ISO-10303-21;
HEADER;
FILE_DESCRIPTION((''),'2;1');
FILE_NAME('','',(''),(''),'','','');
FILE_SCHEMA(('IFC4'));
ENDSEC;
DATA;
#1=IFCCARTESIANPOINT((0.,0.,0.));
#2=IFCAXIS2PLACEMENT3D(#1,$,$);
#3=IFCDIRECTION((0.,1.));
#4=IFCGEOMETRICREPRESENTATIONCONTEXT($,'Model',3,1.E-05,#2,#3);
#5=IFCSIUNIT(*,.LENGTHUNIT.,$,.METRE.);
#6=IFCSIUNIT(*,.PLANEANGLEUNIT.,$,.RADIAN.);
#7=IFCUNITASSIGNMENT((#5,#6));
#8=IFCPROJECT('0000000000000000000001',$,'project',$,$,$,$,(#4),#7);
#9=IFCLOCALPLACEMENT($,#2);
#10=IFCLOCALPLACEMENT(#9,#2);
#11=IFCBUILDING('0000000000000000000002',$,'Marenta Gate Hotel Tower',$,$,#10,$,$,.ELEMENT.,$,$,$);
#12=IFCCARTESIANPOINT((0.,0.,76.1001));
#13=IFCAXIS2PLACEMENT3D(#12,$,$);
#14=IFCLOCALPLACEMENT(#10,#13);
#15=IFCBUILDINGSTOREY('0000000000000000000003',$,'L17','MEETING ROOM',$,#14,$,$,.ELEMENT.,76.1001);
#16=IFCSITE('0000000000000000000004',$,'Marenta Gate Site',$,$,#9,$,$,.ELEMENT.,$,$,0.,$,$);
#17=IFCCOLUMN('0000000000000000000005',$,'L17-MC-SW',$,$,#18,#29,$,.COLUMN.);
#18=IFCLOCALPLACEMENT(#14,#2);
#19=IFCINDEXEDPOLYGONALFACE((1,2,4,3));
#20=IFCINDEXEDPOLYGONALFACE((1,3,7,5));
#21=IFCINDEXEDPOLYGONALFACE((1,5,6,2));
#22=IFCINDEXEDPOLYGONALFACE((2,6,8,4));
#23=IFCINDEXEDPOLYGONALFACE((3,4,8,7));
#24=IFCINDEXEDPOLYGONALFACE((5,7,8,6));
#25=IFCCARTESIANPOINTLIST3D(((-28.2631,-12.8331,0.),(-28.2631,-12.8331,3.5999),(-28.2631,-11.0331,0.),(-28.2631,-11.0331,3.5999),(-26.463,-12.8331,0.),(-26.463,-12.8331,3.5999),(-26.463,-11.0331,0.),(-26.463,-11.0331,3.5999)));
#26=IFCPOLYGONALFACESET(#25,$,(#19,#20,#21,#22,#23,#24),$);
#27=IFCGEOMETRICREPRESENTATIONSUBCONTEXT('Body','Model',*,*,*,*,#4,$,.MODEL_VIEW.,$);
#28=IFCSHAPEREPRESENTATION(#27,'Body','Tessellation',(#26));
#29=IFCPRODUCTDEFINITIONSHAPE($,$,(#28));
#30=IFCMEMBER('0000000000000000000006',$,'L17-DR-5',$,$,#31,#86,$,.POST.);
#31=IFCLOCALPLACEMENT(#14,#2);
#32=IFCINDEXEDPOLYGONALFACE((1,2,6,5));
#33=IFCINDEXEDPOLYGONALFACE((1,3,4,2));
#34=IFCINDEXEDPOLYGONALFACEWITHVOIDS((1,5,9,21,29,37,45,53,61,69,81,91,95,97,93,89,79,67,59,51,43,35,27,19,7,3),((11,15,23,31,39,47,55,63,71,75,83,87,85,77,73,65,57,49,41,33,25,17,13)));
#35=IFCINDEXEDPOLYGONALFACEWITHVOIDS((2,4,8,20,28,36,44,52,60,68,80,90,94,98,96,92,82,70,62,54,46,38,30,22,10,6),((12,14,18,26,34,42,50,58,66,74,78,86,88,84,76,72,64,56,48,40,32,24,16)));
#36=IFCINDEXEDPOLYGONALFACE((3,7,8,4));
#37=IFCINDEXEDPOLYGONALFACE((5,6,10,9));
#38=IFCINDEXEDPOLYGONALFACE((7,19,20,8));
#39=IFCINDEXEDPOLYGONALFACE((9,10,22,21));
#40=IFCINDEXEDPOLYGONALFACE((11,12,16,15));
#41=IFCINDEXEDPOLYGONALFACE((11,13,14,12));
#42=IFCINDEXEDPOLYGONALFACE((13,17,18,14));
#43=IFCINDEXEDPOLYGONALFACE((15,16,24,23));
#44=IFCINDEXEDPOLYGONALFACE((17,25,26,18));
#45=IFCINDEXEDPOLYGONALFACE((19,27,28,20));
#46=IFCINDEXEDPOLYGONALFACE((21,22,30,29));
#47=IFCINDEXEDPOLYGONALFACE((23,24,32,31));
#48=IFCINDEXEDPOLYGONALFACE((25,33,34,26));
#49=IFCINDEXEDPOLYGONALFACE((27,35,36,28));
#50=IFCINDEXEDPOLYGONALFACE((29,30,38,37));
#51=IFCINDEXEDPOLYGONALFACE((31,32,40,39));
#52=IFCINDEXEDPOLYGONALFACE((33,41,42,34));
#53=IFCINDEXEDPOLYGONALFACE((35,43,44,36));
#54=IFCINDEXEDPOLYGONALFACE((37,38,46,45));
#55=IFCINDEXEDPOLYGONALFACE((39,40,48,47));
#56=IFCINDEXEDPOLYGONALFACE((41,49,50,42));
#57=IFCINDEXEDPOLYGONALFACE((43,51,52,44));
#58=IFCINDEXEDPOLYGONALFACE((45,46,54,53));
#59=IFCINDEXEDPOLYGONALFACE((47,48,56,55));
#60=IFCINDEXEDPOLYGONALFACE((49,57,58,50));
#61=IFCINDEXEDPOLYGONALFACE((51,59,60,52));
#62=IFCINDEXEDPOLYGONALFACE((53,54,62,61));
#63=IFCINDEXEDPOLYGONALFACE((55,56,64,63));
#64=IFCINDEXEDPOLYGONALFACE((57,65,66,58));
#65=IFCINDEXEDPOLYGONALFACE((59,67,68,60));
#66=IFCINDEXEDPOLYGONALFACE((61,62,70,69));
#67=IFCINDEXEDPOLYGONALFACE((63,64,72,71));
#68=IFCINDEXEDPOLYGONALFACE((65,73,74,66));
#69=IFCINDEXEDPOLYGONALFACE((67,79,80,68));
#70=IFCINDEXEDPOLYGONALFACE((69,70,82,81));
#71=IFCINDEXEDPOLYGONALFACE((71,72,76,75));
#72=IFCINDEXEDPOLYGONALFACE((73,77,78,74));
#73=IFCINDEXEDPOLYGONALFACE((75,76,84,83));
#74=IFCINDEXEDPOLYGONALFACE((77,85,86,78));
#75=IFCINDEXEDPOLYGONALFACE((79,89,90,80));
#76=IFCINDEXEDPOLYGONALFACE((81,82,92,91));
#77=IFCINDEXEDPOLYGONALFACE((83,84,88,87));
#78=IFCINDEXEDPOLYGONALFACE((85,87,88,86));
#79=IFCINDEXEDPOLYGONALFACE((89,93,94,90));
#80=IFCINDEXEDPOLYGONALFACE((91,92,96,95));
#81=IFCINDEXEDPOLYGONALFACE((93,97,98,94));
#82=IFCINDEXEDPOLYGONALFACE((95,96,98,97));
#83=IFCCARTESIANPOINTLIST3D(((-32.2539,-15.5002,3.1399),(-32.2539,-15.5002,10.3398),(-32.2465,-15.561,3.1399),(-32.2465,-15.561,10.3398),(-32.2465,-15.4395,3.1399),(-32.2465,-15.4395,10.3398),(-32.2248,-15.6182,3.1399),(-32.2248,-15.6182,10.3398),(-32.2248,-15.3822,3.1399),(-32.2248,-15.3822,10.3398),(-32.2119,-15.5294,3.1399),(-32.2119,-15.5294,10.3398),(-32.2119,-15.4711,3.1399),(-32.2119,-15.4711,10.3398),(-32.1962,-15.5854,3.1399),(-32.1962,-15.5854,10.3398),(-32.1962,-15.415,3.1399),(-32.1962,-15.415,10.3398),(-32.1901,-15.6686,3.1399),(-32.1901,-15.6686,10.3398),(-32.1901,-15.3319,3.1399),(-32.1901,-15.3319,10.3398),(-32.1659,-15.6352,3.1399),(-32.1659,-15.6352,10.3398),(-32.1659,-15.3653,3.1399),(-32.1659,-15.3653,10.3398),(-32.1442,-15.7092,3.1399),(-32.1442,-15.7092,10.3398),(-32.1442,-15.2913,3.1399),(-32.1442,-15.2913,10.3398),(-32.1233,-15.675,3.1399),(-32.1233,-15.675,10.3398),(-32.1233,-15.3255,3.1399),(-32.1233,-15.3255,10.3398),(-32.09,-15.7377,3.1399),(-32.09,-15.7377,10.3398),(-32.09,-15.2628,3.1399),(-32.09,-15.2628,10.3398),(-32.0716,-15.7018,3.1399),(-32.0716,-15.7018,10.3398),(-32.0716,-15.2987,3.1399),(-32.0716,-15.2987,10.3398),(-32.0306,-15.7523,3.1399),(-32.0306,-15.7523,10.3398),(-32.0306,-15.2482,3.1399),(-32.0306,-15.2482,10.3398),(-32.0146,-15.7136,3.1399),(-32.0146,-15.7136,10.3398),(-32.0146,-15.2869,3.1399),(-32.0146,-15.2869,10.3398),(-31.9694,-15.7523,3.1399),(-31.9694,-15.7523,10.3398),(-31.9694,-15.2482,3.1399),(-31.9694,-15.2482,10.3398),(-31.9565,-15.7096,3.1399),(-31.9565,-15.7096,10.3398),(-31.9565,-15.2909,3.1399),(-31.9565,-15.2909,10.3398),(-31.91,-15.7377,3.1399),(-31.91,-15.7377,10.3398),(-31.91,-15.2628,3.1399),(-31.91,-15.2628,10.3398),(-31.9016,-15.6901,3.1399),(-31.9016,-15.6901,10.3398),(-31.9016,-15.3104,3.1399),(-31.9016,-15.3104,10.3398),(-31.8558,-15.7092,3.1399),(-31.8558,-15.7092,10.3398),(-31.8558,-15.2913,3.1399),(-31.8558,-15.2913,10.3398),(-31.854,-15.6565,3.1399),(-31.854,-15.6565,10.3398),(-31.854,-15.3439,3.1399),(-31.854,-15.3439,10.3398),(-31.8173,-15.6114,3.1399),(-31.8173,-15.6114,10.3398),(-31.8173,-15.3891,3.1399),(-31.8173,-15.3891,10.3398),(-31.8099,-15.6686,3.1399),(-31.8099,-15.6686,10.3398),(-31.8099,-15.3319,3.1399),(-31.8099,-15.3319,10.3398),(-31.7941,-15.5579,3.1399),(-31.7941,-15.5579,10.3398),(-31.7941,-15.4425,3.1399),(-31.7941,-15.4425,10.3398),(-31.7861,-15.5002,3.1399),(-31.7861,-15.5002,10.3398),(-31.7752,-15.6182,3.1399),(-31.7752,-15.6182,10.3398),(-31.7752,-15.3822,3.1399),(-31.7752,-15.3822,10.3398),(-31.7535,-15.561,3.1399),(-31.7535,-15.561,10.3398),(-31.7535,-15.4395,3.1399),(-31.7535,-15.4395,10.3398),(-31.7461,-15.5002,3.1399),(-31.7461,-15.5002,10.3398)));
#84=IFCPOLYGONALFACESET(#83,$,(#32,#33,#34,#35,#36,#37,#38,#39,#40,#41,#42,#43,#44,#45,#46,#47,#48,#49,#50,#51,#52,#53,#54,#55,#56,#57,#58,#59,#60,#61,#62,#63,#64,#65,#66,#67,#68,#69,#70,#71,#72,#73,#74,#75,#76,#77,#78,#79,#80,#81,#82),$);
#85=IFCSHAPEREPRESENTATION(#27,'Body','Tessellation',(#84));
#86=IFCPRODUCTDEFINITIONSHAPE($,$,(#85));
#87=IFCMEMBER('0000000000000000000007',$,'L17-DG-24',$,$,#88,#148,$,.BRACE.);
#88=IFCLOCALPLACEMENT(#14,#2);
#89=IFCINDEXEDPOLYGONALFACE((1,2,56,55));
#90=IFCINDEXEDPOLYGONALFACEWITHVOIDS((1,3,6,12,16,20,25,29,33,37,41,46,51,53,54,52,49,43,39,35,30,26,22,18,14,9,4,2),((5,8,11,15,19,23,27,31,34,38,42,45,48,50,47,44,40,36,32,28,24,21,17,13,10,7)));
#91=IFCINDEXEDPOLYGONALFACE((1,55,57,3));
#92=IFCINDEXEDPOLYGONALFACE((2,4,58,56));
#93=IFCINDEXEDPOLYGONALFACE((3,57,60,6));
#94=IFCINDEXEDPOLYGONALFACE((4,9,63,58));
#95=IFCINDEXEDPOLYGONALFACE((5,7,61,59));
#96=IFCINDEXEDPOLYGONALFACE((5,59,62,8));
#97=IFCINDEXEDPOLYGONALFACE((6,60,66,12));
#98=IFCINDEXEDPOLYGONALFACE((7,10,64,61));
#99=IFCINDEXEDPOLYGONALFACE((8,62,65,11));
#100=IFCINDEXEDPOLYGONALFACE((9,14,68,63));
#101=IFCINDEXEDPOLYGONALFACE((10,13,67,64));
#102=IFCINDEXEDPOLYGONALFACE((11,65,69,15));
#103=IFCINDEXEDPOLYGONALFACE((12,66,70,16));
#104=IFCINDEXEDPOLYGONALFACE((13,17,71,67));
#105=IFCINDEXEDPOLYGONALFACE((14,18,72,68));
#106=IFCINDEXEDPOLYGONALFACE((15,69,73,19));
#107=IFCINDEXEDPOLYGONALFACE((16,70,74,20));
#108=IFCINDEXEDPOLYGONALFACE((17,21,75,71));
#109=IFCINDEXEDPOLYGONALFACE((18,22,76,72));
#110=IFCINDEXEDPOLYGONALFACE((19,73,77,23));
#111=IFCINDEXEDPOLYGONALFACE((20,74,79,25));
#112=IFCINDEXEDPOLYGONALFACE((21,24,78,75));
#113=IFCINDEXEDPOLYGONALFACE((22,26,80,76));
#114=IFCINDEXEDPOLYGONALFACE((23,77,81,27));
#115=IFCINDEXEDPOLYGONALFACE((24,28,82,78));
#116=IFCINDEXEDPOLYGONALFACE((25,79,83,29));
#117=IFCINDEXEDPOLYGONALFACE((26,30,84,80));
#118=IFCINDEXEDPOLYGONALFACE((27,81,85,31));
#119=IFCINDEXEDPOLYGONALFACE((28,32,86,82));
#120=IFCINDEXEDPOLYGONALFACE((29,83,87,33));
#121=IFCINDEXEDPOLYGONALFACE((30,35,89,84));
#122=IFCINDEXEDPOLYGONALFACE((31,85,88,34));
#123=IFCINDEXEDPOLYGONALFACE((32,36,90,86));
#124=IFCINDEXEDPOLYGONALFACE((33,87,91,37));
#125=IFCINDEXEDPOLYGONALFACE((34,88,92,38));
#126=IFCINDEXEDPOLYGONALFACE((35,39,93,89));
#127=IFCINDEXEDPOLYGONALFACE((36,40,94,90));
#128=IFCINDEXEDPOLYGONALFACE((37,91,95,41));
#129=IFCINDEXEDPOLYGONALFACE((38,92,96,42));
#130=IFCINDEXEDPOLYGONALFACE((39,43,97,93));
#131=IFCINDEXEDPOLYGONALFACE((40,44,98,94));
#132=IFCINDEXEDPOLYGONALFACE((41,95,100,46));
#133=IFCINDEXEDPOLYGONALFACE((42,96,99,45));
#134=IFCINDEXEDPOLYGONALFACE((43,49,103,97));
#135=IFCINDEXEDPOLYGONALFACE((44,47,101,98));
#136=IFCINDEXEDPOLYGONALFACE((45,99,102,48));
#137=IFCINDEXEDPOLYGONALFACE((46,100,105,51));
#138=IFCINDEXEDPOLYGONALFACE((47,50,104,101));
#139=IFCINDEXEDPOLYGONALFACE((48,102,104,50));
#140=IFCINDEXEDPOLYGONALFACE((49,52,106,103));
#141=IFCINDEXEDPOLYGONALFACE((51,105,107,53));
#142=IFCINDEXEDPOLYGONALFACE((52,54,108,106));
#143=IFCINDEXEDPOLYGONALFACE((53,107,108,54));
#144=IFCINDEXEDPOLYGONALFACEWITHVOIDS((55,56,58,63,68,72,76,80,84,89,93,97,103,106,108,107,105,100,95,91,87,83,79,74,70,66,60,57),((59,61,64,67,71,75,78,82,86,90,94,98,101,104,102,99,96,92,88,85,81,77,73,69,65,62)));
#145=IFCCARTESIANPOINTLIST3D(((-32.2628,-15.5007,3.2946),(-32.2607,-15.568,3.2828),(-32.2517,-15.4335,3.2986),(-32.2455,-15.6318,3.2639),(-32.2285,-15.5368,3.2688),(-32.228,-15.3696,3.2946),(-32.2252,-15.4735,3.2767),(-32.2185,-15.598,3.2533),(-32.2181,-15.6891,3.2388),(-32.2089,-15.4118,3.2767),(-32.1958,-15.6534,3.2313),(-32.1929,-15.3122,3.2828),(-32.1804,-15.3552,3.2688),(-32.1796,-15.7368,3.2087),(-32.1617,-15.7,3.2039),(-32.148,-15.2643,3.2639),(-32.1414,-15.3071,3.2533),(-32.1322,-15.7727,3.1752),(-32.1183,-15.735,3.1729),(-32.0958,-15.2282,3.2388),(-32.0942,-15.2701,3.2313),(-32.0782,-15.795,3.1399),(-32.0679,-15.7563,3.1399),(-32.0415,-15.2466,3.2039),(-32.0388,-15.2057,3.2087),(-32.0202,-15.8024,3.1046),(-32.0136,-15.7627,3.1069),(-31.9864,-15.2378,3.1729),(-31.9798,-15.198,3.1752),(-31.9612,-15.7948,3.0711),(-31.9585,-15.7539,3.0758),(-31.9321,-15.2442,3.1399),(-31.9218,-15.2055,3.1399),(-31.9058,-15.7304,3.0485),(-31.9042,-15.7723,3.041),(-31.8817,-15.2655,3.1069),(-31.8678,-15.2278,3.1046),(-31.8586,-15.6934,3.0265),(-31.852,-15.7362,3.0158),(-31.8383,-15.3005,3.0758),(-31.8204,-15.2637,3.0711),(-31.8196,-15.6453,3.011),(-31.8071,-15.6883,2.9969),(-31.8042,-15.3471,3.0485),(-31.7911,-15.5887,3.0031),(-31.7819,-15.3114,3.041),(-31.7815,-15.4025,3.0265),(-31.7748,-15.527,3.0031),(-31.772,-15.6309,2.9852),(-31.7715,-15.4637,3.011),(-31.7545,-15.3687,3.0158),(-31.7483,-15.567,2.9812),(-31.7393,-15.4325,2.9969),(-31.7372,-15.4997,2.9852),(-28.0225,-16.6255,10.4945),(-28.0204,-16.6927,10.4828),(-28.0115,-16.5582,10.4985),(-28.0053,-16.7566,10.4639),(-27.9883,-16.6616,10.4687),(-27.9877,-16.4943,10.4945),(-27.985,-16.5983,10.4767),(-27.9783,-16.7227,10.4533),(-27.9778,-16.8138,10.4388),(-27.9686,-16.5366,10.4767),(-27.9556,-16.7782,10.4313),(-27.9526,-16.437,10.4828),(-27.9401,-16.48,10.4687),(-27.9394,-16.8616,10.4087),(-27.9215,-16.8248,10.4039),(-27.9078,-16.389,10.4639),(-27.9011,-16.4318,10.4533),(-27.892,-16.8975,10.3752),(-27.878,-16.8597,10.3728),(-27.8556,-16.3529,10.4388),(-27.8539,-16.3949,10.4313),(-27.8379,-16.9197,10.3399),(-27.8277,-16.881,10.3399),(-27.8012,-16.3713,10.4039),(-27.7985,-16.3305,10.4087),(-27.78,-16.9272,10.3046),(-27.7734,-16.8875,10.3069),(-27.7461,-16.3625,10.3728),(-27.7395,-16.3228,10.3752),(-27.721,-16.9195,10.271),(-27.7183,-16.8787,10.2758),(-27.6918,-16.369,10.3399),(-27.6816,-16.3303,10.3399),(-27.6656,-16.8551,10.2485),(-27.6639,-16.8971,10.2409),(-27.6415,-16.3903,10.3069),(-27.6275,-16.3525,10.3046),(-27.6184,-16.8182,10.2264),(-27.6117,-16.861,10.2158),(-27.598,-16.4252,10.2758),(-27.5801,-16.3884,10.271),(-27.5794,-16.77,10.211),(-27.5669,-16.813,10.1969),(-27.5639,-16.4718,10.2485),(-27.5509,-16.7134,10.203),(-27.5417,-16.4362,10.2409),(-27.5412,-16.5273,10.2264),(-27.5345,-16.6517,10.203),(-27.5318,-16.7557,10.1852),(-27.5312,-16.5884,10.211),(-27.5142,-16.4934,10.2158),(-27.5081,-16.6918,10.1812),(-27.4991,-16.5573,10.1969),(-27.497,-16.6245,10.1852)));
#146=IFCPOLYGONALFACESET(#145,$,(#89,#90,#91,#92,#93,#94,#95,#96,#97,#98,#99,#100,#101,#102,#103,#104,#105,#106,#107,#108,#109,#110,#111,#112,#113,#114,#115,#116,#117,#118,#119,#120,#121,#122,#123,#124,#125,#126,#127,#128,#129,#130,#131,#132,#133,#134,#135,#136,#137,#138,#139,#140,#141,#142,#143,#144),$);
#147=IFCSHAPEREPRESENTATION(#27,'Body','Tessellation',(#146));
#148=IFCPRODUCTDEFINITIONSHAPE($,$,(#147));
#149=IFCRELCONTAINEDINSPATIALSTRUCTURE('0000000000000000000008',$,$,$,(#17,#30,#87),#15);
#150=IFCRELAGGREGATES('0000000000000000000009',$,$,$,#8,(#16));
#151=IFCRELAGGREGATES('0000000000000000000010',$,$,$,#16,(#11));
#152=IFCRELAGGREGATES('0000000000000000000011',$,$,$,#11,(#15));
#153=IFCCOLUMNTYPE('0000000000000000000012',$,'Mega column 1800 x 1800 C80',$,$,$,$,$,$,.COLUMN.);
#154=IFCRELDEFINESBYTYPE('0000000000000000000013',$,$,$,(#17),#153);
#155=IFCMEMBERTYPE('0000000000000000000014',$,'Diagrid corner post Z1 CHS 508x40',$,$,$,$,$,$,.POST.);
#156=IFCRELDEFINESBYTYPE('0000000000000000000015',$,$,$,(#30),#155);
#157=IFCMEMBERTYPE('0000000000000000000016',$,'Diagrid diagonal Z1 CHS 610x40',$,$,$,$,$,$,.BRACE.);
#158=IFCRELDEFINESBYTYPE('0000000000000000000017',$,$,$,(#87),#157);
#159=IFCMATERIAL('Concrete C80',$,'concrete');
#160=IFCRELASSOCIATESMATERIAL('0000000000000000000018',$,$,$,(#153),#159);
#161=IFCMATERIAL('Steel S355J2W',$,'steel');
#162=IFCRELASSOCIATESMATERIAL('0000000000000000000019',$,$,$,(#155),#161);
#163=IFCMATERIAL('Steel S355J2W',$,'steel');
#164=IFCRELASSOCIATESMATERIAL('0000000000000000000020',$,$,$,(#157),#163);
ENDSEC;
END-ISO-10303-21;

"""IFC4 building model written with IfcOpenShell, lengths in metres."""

from ifc_helpers import new_model, si_unit, direction, frame, origin, origin_2d, place, context, subcontext, project, spatial, rectangle, hollow_circle, extrude, material, material_profile, profile_set, type_object, element, save


model = new_model("IFC4")

# Units and contexts
model_context = context("Model", 3, precision=1e-05, world=origin(), true_north=direction((0.0, 1.0)))
body_context = subcontext(model_context, "Body", "Model", "MODEL_VIEW")
ifc_project = project(units=[si_unit("LENGTHUNIT", "METRE"), si_unit("PLANEANGLEUNIT", "RADIAN")], contexts=[model_context])

# Site, building, storey
site_placement = place(None, origin())
site = spatial("IfcSite", under=ifc_project, at=site_placement, Name="Marenta Gate Site", CompositionType="ELEMENT", RefElevation=0.0)
building_placement = place(site_placement, origin())
building = spatial("IfcBuilding", under=site, at=building_placement, Name="Marenta Gate Hotel Tower", CompositionType="ELEMENT")
storey_placement = place(building_placement, frame((0.0, 0.0, 76.1001)))
storey = spatial("IfcBuildingStorey", under=building, at=storey_placement, Name="L17", Description="MEETING ROOM", CompositionType="ELEMENT", Elevation=76.1001)

# Column
ifc_material_1 = material(Name="Concrete C80", Category="concrete")
ifc_material_profile_1 = material_profile(ifc_material_1, rectangle(XDim=1.8, YDim=1.8, at=origin_2d()), Name="1800 x 1800")
ifc_profile_set_1 = profile_set([ifc_material_profile_1], Name="Concrete C80")
column_type = type_object("IfcColumnType", Name="Mega column 1800 x 1800 C80", PredefinedType="COLUMN", material=ifc_profile_set_1)
column_placement = place(storey_placement, frame((-27.363, -11.9331, 0.0), z_axis=(0.0, 0.0, 1.0), x_axis=(1.0, 0.0, 0.0)))
element("IfcColumn", 1, at=column_placement, inside=storey, type_object=column_type, Name="L17-MC-SW", PredefinedType="COLUMN", context=body_context, shape_type="SweptSolid", body=[
    extrude(rectangle(XDim=1.8, YDim=1.8, at=origin_2d()), origin(), (0.0, 0.0, 1.0), 3.5999),
])

# Members
ifc_material_2 = material(Name="Steel S355J2W", Category="steel")
ifc_material_profile_2 = material_profile(ifc_material_2, hollow_circle(Radius=0.2539, WallThickness=0.04, at=origin_2d()), Name="CHS 508x40")
ifc_profile_set_2 = profile_set([ifc_material_profile_2], Name="Steel S355J2W")
member_type_1 = type_object("IfcMemberType", Name="Diagrid corner post Z1 CHS 508x40", PredefinedType="POST", material=ifc_profile_set_2)
member_1_placement = place(storey_placement, frame((-32.0, -15.5002, 3.1399), z_axis=(0.0, 0.0, 1.0), x_axis=(1.0, 0.0, 0.0)))
element("IfcMember", 2, at=member_1_placement, inside=storey, type_object=member_type_1, Name="L17-DR-5", PredefinedType="POST", context=body_context, shape_type="SweptSolid", body=[
    extrude(hollow_circle(Radius=0.2539, WallThickness=0.04, at=origin_2d()), origin(), (0.0, 0.0, 1.0), 7.2),
])
ifc_material_3 = material(Name="Steel S355J2W", Category="steel")
ifc_material_profile_3 = material_profile(ifc_material_3, hollow_circle(Radius=0.3049, WallThickness=0.04, at=origin_2d()), Name="CHS 610x40")
ifc_profile_set_3 = profile_set([ifc_material_profile_3], Name="Steel S355J2W")
member_type_2 = type_object("IfcMemberType", Name="Diagrid diagonal Z1 CHS 610x40", PredefinedType="BRACE", material=ifc_profile_set_3)
member_2_placement = place(storey_placement, frame((-32.0, -15.5002, 3.1399), z_axis=(0.502926, -0.133405, 0.853972), x_axis=(0.256391, 0.966573, 0.0)))
element("IfcMember", 3, at=member_2_placement, inside=storey, type_object=member_type_2, Name="L17-DG-24", PredefinedType="BRACE", context=body_context, shape_type="SweptSolid", body=[
    extrude(hollow_circle(Radius=0.3049, WallThickness=0.04, at=origin_2d()), origin(), (0.0, 0.0, 1.0), 8.4312),
])

save(model, "model.ifc")
